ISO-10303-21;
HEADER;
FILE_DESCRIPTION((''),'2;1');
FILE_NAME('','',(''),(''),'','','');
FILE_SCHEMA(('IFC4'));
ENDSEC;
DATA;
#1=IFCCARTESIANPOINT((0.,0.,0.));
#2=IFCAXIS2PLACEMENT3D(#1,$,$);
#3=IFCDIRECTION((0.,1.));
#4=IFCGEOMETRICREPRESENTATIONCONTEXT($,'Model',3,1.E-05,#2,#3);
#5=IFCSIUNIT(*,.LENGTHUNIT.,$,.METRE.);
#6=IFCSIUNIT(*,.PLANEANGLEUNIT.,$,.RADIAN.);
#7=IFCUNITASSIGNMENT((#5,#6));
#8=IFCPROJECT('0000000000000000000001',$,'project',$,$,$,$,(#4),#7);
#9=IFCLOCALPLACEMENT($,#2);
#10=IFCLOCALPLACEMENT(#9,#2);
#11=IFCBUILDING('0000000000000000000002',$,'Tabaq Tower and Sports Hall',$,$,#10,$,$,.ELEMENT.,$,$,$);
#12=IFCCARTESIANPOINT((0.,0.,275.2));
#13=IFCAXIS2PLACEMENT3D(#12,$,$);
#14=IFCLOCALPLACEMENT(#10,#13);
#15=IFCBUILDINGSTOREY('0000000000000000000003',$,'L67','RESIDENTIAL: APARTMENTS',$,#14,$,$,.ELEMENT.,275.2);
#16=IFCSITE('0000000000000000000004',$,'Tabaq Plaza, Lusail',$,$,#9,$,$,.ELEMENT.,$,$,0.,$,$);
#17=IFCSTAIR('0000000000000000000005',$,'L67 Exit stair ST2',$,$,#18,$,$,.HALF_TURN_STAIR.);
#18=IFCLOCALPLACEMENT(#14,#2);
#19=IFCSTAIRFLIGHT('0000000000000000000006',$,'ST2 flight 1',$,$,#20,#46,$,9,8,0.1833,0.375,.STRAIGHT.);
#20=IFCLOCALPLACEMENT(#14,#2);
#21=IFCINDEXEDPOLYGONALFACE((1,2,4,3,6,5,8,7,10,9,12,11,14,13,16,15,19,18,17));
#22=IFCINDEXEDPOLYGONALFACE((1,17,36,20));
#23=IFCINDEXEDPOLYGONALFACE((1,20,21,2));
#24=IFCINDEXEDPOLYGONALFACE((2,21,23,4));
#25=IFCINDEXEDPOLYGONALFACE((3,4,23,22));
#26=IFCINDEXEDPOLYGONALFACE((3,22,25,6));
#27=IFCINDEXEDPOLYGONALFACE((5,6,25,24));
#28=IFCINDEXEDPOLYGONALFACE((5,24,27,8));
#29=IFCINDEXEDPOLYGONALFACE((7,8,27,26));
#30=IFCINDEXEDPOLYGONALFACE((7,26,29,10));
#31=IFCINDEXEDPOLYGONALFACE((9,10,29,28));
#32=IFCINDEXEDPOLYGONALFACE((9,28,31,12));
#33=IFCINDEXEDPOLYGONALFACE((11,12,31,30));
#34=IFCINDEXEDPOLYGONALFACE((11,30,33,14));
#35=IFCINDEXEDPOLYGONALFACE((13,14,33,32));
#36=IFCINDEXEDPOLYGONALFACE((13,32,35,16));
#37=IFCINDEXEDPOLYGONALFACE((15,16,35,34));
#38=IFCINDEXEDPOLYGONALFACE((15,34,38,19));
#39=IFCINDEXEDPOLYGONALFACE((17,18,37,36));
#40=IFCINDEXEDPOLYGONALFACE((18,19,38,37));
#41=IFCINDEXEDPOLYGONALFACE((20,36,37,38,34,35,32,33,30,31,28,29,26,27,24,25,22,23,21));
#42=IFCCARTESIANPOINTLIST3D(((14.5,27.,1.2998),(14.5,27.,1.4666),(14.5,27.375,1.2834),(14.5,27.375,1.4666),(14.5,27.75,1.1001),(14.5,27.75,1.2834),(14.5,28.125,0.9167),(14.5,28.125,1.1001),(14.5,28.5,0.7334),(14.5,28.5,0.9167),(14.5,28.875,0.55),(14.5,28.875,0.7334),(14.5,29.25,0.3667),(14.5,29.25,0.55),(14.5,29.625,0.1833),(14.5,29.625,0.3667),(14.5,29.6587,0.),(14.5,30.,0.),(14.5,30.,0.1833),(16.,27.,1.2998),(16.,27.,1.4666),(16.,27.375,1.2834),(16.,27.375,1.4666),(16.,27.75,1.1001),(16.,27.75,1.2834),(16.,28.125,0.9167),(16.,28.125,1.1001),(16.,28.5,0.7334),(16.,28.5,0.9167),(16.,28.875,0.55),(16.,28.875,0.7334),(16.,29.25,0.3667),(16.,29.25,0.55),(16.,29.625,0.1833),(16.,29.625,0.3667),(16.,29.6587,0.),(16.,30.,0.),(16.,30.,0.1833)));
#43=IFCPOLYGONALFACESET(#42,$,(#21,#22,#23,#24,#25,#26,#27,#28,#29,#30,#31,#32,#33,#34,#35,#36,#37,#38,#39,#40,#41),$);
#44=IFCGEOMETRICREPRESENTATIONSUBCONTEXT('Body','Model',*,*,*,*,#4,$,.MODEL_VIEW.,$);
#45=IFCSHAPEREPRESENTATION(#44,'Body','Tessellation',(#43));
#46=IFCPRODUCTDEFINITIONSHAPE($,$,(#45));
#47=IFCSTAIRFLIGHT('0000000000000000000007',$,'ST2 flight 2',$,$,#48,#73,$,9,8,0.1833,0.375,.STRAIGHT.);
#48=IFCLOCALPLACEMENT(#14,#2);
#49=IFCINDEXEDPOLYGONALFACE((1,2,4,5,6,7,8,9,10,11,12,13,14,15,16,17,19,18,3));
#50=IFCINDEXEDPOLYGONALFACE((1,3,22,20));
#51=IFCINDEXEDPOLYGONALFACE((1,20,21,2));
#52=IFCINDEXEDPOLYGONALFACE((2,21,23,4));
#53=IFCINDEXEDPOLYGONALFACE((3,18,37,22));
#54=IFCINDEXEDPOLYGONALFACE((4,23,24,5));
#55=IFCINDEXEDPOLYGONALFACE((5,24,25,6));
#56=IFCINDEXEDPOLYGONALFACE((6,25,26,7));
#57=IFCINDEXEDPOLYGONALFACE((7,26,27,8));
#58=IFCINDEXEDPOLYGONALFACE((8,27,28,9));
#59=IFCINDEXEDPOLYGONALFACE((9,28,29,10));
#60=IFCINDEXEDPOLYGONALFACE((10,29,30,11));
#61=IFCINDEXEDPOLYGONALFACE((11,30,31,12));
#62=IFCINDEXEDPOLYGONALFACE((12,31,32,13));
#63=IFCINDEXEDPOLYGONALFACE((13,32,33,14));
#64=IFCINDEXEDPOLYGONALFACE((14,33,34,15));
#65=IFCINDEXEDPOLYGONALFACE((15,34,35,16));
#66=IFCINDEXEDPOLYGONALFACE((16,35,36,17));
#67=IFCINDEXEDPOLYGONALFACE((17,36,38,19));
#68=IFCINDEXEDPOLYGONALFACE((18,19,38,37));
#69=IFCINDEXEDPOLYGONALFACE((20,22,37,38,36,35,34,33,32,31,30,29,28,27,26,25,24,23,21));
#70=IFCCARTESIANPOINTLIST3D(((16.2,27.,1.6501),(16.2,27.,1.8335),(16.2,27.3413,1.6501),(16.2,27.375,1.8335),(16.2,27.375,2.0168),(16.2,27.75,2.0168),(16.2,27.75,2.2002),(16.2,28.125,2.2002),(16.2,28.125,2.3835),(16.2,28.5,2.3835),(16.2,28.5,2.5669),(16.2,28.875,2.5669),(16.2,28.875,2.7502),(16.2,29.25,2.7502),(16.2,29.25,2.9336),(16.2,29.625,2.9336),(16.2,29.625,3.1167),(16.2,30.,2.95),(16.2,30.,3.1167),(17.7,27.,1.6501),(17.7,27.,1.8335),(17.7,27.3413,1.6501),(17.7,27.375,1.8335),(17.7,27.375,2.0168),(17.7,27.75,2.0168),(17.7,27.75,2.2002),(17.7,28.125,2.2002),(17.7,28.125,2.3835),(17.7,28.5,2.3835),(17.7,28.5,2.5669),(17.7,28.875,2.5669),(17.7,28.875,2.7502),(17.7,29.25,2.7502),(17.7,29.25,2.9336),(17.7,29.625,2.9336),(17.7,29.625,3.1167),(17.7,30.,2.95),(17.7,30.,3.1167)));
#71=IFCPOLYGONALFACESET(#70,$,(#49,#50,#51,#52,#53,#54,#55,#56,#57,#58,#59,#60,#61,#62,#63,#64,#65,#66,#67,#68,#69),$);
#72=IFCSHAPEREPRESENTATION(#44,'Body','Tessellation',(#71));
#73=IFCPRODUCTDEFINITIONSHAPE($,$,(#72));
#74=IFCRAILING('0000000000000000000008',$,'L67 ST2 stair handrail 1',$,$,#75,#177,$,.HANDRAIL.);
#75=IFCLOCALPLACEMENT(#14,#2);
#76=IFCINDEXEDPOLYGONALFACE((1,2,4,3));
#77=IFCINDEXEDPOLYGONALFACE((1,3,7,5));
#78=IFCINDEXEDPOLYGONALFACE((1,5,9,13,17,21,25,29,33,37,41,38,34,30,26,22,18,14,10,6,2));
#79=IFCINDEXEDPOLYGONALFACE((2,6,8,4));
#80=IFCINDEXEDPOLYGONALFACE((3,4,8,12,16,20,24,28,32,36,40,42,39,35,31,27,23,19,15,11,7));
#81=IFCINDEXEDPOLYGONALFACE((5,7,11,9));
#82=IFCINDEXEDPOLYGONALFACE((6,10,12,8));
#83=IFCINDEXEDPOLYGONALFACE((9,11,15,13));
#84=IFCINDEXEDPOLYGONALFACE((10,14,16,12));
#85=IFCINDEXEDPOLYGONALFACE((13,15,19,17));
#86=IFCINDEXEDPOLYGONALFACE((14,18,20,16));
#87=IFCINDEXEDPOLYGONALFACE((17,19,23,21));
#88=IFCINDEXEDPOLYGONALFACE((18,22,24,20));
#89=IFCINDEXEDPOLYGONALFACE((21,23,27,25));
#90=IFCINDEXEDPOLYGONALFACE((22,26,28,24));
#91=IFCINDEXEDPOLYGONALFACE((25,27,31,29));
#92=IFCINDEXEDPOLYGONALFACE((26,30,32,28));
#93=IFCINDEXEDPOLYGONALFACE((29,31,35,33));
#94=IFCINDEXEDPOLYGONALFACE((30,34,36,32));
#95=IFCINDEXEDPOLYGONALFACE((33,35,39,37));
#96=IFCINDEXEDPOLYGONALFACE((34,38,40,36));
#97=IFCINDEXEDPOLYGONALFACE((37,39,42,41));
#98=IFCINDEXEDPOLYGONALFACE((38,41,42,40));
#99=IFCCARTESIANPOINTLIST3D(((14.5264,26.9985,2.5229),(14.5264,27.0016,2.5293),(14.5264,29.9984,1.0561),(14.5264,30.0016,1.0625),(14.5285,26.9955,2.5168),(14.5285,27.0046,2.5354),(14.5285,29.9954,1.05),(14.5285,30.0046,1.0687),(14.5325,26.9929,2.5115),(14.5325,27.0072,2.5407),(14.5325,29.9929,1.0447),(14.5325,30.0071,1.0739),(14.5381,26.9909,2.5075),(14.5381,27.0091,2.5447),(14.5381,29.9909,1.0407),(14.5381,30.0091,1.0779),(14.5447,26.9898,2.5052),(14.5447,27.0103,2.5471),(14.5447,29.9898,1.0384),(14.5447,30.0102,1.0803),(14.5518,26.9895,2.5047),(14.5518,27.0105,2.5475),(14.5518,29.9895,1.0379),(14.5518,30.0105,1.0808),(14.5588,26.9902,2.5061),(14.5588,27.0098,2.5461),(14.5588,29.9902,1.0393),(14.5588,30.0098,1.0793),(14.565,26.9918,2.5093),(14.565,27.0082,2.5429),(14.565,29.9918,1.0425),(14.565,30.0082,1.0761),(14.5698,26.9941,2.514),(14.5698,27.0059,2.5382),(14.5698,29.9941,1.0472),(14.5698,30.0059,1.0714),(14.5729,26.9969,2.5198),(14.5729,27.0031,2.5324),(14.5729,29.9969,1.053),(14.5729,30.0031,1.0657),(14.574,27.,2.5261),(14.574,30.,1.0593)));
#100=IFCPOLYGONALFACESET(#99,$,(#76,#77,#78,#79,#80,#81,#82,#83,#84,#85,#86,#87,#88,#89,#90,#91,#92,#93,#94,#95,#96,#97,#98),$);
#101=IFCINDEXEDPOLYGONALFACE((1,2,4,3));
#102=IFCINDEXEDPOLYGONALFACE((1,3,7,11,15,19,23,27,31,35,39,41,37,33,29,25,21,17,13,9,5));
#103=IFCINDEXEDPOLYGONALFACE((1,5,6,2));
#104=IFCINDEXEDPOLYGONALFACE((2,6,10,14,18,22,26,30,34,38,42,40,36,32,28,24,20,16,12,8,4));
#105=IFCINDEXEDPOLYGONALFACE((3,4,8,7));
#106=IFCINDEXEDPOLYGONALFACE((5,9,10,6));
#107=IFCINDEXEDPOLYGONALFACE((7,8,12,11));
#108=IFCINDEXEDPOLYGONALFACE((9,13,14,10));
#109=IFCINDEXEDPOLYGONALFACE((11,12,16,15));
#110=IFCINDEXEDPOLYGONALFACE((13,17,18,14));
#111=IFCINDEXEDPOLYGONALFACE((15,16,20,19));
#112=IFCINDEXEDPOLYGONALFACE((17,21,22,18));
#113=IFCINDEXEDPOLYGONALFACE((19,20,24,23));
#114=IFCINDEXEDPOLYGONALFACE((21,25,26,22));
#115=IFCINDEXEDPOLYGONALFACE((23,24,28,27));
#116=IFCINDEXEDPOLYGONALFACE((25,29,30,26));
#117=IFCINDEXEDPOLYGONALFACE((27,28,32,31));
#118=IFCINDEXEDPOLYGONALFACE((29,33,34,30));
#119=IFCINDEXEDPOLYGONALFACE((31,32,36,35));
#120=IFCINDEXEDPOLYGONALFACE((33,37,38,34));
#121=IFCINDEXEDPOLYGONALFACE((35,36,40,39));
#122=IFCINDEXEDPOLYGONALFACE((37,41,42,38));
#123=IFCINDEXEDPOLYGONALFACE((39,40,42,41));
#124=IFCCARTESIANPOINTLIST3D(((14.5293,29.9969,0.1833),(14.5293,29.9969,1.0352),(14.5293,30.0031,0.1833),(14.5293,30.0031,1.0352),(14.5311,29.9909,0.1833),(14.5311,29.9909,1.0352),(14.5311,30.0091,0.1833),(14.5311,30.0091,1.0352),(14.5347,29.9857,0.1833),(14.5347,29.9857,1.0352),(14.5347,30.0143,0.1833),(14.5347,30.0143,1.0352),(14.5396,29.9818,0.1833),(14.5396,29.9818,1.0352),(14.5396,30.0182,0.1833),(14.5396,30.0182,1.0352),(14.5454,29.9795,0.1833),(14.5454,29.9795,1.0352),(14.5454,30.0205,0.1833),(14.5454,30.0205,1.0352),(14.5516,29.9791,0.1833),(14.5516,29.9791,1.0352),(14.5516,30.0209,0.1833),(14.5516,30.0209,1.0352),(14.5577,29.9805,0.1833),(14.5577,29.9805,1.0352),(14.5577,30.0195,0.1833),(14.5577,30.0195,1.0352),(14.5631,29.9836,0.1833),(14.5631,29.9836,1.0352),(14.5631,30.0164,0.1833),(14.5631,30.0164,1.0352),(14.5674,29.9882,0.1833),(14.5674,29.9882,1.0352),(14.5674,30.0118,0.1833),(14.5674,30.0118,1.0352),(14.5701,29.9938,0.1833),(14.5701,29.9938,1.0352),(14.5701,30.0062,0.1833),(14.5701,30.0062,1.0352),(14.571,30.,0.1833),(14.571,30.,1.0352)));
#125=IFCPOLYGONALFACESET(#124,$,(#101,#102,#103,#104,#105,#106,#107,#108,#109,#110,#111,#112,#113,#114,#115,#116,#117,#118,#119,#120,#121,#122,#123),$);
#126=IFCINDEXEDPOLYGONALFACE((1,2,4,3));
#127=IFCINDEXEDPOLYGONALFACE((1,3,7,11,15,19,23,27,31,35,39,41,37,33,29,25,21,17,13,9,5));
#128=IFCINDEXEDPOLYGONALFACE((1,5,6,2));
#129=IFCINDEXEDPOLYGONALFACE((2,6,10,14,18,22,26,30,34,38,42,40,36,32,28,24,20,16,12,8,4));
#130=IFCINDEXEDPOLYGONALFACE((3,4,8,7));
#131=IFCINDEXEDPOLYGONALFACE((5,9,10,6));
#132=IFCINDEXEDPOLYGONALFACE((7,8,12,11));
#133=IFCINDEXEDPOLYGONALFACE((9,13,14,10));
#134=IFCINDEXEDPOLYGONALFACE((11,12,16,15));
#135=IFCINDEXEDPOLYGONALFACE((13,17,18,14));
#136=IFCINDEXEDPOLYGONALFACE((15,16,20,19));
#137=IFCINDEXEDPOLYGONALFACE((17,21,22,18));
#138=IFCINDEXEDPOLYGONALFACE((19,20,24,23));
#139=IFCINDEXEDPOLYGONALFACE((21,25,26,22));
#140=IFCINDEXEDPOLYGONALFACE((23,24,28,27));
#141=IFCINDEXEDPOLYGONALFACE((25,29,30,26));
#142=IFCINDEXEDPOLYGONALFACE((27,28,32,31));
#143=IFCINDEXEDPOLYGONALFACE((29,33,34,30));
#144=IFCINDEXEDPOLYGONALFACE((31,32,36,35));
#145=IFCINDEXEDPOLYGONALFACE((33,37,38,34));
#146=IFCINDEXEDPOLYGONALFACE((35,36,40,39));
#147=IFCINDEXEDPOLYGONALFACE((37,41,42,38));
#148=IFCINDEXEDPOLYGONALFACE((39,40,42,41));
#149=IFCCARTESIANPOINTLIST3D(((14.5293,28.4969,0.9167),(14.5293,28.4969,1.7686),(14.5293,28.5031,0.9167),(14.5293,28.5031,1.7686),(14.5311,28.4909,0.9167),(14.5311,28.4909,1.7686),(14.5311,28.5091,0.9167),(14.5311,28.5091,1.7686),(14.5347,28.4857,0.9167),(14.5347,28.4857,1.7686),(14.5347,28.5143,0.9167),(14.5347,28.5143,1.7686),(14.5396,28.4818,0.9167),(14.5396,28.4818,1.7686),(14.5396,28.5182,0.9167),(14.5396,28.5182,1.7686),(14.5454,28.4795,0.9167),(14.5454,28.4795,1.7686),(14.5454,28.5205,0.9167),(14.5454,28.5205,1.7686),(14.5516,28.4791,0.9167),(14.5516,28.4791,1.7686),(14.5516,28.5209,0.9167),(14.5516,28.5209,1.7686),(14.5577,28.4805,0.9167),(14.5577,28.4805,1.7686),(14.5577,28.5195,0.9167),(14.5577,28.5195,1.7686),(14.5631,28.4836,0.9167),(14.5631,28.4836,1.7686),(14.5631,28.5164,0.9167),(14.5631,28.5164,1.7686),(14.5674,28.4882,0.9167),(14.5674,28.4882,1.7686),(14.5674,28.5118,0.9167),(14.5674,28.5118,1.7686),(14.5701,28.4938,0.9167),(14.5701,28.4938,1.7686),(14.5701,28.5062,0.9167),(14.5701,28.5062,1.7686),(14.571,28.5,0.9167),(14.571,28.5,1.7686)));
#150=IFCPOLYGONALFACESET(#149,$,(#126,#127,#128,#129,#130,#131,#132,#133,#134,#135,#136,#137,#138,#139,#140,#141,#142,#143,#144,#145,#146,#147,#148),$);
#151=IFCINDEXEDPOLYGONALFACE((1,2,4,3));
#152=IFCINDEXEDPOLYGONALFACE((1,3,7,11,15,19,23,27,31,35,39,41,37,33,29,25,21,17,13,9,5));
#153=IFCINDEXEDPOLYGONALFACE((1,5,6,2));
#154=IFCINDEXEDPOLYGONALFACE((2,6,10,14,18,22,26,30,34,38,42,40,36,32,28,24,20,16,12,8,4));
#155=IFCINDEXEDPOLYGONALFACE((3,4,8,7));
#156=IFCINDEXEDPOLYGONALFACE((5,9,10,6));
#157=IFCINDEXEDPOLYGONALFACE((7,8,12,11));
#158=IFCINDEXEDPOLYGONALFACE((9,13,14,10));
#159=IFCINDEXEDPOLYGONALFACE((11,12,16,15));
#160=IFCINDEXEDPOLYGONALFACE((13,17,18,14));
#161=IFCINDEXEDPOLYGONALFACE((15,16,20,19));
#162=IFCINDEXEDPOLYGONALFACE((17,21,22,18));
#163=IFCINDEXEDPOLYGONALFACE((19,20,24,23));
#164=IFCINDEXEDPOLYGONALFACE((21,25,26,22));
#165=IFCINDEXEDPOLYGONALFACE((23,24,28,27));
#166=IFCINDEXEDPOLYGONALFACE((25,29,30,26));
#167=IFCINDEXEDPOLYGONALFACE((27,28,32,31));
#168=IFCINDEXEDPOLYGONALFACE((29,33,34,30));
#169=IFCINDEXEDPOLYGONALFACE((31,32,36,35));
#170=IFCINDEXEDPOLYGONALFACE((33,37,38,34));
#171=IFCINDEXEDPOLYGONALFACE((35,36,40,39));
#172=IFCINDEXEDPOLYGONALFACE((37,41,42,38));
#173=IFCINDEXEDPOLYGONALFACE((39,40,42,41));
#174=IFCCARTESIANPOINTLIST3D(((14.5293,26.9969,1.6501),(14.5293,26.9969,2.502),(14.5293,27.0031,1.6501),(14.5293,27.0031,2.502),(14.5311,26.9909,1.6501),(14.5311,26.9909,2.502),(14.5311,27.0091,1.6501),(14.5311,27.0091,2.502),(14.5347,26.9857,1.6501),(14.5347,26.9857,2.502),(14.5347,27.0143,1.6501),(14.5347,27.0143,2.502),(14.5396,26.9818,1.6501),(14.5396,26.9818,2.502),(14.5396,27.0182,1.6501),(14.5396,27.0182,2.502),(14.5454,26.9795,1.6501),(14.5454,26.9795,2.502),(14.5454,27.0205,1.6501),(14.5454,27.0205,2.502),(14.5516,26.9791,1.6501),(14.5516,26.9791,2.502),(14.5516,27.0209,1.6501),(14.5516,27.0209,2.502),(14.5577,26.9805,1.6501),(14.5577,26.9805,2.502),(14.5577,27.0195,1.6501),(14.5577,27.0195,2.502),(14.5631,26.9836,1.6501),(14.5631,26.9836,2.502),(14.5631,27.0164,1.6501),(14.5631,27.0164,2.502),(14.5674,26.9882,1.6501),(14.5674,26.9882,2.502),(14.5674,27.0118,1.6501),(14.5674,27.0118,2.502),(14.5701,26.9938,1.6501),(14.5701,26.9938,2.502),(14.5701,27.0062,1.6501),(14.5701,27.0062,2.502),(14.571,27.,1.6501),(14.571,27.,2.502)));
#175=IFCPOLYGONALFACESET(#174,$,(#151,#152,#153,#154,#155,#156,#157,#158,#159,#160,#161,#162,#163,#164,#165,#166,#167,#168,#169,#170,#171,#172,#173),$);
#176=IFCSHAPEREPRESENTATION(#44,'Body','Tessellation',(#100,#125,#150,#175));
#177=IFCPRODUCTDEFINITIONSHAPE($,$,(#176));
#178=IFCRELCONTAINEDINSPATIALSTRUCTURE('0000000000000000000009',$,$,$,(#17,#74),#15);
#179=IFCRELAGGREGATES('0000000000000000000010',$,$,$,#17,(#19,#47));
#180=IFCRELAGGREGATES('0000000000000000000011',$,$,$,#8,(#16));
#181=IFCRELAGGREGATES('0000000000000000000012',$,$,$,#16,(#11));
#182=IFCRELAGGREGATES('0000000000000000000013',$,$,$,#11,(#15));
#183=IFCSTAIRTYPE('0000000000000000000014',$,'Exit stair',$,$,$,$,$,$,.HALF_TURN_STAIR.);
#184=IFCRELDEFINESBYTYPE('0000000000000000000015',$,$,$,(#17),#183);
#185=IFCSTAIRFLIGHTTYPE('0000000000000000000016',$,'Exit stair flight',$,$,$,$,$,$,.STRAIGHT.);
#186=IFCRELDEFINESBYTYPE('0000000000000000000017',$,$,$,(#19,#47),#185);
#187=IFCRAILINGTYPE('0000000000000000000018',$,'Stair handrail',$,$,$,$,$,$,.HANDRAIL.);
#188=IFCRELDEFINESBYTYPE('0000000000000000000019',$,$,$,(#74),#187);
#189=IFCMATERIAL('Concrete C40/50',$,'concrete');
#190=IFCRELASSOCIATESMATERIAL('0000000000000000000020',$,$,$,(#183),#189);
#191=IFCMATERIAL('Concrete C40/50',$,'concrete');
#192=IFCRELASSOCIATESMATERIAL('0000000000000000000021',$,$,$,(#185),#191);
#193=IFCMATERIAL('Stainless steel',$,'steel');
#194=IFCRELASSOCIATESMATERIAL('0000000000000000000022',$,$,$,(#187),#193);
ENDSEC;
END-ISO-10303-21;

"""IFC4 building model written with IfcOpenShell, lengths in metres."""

from ifc_helpers import new_model, si_unit, direction, frame, origin, origin_2d, place, context, subcontext, project, spatial, polyline, circle, outline, extrude, material, type_object, element, aggregate, save


model = new_model("IFC4")

# Units and contexts
model_context = context("Model", 3, precision=1e-05, world=origin(), true_north=direction((0.0, 1.0)))
body_context = subcontext(model_context, "Body", "Model", "MODEL_VIEW")
ifc_project = project(units=[si_unit("LENGTHUNIT", "METRE"), si_unit("PLANEANGLEUNIT", "RADIAN")], contexts=[model_context])

# Site, building, storey
site_placement = place(None, origin())
site = spatial("IfcSite", under=ifc_project, at=site_placement, Name="Tabaq Plaza, Lusail", CompositionType="ELEMENT", RefElevation=0.0)
building_placement = place(site_placement, origin())
building = spatial("IfcBuilding", under=site, at=building_placement, Name="Tabaq Tower and Sports Hall", CompositionType="ELEMENT")
storey_placement = place(building_placement, frame((0.0, 0.0, 275.2)))
storey = spatial("IfcBuildingStorey", under=building, at=storey_placement, Name="L67", Description="RESIDENTIAL: APARTMENTS", CompositionType="ELEMENT", Elevation=275.2)

# Stair, stair flights
ifc_material_1 = material(Name="Concrete C40/50", Category="concrete")
stair_type = type_object("IfcStairType", Name="Exit stair", PredefinedType="HALF_TURN_STAIR", material=ifc_material_1)
stair_placement = place(storey_placement, origin())
stair = element("IfcStair", 1, at=stair_placement, inside=storey, type_object=stair_type, Name="L67 Exit stair ST2", PredefinedType="HALF_TURN_STAIR")
ifc_material_2 = material(Name="Concrete C40/50", Category="concrete")
stair_flight_type = type_object("IfcStairFlightType", Name="Exit stair flight", PredefinedType="STRAIGHT", material=ifc_material_2)
stair_flight_1_placement = place(storey_placement, frame((15.25, 30.0, 0.0), z_axis=(0.0, 0.0, 1.0), x_axis=(0.0, -1.0, 0.0)))
stair_flight_1 = element("IfcStairFlight", 2, at=stair_flight_1_placement, type_object=stair_flight_type, Name="ST2 flight 1", NumberOfRisers=9, NumberOfTreads=8, PredefinedType="STRAIGHT", RiserHeight=0.1833, TreadLength=0.375, context=body_context, shape_type="SweptSolid", body=[
    extrude(outline(polyline([(0.0, 0.0), (0.0, 0.1833), (0.375, 0.1833), (0.375, 0.3667), (0.75, 0.3667), (0.75, 0.55), (1.125, 0.55), (1.125, 0.7334), (1.5, 0.7334), (1.5, 0.9167), (1.875, 0.9167), (1.875, 1.1001), (2.25, 1.1001), (2.25, 1.2834), (2.625, 1.2834), (2.625, 1.4666), (3.0, 1.4666), (3.0, 1.6499), (3.0, 1.2998), (0.3413, 0.0), (0.0, 0.0)])), frame((0.0, 0.75, 0.0), z_axis=(0.0, -1.0, 0.0), x_axis=(1.0, 0.0, 0.0)), (0.0, 0.0, 1.0), 1.5),
])
stair_flight_2_placement = place(storey_placement, frame((16.95, 27.0, 1.6501), z_axis=(0.0, 0.0, 1.0), x_axis=(0.0, 1.0, 0.0)))
stair_flight_2 = element("IfcStairFlight", 3, at=stair_flight_2_placement, type_object=stair_flight_type, Name="ST2 flight 2", NumberOfRisers=9, NumberOfTreads=8, PredefinedType="STRAIGHT", RiserHeight=0.1833, TreadLength=0.375, context=body_context, shape_type="SweptSolid", body=[
    extrude(outline(polyline([(0.0, 0.0), (0.0, 0.1833), (0.375, 0.1833), (0.375, 0.3667), (0.75, 0.3667), (0.75, 0.55), (1.125, 0.55), (1.125, 0.7334), (1.5, 0.7334), (1.5, 0.9167), (1.875, 0.9167), (1.875, 1.1001), (2.25, 1.1001), (2.25, 1.2834), (2.625, 1.2834), (2.625, 1.4666), (3.0, 1.4666), (3.0, 1.6499), (3.0, 1.2998), (0.3413, 0.0), (0.0, 0.0)])), frame((0.0, 0.75, 0.0), z_axis=(0.0, -1.0, 0.0), x_axis=(1.0, 0.0, 0.0)), (0.0, 0.0, 1.0), 1.5),
])
aggregate(stair, [stair_flight_1, stair_flight_2])

# Railing
ifc_material_3 = material(Name="Stainless steel", Category="steel")
railing_type_1 = type_object("IfcRailingType", Name="Stair handrail", PredefinedType="HANDRAIL", material=ifc_material_3)
railing_1_placement = place(storey_placement, frame((14.55, 30.0, 0.1833)))
element("IfcRailing", 4, at=railing_1_placement, inside=storey, type_object=railing_type_1, Name="L67 ST2 stair handrail 1", PredefinedType="HANDRAIL", context=body_context, shape_type="SweptSolid", body=[
    extrude(circle(Radius=0.0239, at=origin_2d()), frame((0.0, 0.0, 0.876), z_axis=(0.0, -0.898369, 0.439242), x_axis=(1.0, 0.0, 0.0)), (0.0, 0.0, 1.0), 3.3394),
    extrude(circle(Radius=0.021, at=origin_2d()), origin(), (0.0, 0.0, 1.0), 0.8518),
    extrude(circle(Radius=0.021, at=origin_2d()), frame((0.0, -1.5, 0.7334)), (0.0, 0.0, 1.0), 0.8518),
    extrude(circle(Radius=0.021, at=origin_2d()), frame((0.0, -3.0, 1.4668)), (0.0, 0.0, 1.0), 0.8518),
])

save(model, "model.ifc")
